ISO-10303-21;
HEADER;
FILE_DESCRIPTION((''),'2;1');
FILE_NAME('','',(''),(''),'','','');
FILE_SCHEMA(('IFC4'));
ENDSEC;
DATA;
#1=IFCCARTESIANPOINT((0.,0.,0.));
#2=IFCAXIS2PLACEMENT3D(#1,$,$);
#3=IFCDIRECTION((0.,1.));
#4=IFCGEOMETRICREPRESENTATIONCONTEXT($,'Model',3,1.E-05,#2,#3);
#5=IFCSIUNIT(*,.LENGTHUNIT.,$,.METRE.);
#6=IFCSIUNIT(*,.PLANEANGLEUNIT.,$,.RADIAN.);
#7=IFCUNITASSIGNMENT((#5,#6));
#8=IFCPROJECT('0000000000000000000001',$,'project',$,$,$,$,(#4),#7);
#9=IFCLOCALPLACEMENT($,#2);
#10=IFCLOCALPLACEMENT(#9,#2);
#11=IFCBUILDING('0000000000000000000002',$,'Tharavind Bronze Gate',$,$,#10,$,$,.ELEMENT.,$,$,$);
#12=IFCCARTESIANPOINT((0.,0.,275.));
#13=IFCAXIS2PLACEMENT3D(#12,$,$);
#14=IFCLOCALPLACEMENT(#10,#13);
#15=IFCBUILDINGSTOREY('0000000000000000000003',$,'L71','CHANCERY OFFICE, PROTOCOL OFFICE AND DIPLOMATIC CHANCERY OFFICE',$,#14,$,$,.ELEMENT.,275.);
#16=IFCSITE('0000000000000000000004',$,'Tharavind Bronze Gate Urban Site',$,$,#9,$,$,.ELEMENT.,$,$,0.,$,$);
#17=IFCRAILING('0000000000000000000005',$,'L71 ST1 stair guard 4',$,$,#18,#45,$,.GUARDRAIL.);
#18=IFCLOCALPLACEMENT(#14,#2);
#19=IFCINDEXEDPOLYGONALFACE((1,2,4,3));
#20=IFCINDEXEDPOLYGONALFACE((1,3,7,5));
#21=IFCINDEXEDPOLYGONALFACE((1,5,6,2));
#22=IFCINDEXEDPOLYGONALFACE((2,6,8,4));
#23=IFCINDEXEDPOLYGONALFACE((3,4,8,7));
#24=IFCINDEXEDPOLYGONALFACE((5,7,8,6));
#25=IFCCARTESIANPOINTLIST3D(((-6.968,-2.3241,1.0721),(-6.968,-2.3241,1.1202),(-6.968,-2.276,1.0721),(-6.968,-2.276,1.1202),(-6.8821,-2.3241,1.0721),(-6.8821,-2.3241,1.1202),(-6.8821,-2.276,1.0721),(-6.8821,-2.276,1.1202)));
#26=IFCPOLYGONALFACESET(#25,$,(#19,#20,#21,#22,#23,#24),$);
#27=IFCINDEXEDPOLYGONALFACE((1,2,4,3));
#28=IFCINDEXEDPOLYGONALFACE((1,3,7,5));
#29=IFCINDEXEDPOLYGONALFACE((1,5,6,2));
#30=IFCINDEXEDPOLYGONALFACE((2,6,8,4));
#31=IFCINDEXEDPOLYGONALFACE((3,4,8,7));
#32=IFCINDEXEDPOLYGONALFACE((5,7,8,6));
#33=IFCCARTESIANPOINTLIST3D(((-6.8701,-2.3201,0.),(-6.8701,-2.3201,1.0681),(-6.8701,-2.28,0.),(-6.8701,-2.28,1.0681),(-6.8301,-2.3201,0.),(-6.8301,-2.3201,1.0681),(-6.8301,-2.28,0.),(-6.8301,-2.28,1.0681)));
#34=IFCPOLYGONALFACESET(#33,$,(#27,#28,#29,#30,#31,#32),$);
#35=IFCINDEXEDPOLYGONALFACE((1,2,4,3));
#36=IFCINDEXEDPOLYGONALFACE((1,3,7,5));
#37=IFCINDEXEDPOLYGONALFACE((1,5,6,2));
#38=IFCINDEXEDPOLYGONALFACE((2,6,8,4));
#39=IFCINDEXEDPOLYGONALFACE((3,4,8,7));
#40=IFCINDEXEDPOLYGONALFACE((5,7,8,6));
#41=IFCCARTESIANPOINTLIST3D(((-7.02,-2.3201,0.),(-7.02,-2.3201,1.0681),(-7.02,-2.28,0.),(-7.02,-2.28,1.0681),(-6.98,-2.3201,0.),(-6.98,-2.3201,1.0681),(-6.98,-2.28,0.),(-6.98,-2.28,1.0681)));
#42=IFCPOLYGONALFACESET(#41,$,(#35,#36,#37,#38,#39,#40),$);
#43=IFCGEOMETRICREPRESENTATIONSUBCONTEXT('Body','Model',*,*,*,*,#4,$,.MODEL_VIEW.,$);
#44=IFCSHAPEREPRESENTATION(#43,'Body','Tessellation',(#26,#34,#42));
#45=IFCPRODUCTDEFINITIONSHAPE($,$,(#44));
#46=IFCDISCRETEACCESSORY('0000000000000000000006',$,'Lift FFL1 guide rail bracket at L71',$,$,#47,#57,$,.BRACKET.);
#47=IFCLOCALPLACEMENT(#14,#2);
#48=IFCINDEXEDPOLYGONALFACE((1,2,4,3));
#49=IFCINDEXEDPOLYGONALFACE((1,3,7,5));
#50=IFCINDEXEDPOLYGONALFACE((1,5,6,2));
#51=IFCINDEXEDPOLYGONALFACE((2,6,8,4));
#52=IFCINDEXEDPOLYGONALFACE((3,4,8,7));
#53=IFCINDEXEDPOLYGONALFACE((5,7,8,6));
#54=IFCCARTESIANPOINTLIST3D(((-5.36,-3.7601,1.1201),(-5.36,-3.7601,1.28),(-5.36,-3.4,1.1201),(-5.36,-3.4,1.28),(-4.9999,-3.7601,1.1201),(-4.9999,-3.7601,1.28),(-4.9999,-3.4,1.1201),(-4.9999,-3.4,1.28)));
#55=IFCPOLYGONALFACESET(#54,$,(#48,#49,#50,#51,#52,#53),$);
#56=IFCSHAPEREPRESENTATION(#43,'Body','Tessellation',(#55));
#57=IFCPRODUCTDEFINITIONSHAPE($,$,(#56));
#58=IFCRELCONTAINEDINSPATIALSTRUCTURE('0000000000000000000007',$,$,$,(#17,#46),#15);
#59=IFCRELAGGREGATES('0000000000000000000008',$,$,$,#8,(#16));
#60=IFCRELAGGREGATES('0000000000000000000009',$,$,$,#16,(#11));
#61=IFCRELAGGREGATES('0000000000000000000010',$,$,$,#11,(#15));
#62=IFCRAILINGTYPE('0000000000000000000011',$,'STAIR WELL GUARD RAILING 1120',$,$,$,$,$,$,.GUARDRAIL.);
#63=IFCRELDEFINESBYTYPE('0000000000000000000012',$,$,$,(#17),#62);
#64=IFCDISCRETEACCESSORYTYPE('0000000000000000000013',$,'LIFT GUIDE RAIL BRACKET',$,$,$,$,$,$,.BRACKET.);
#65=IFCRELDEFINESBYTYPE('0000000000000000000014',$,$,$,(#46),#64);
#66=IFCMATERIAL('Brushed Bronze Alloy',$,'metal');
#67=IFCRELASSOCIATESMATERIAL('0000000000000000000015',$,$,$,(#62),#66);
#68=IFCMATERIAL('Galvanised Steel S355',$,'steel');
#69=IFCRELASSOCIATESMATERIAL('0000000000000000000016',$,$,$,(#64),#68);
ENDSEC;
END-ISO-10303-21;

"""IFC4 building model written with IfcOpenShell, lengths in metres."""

from ifc_helpers import new_model, si_unit, direction, frame, origin, origin_2d, place, context, subcontext, project, spatial, rectangle, extrude, material, type_object, element, save


model = new_model("IFC4")

# Units and contexts
model_context = context("Model", 3, precision=1e-05, world=origin(), true_north=direction((0.0, 1.0)))
body_context = subcontext(model_context, "Body", "Model", "MODEL_VIEW")
ifc_project = project(units=[si_unit("LENGTHUNIT", "METRE"), si_unit("PLANEANGLEUNIT", "RADIAN")], contexts=[model_context])

# Site, building, storey
site_placement = place(None, origin())
site = spatial("IfcSite", under=ifc_project, at=site_placement, Name="Tharavind Bronze Gate Urban Site", CompositionType="ELEMENT", RefElevation=0.0)
building_placement = place(site_placement, origin())
building = spatial("IfcBuilding", under=site, at=building_placement, Name="Tharavind Bronze Gate", CompositionType="ELEMENT")
storey_placement = place(building_placement, frame((0.0, 0.0, 275.0)))
storey = spatial("IfcBuildingStorey", under=building, at=storey_placement, Name="L71", Description="CHANCERY OFFICE, PROTOCOL OFFICE AND DIPLOMATIC CHANCERY OFFICE", CompositionType="ELEMENT", Elevation=275.0)

# Railing
ifc_material_1 = material(Name="Brushed Bronze Alloy", Category="metal")
railing_type_1 = type_object("IfcRailingType", Name="STAIR WELL GUARD RAILING 1120", PredefinedType="GUARDRAIL", material=ifc_material_1)
railing_1_placement = place(storey_placement, frame((-6.8501, -2.3, 0.0)))
element("IfcRailing", 1, at=railing_1_placement, inside=storey, type_object=railing_type_1, Name="L71 ST1 stair guard 4", PredefinedType="GUARDRAIL", context=body_context, shape_type="SweptSolid", body=[
    extrude(rectangle(XDim=0.0481, YDim=0.0481, at=origin_2d()), frame((-0.032, 0.0, 1.0962), z_axis=(-1.0, 0.0, 0.0), x_axis=(0.0, -1.0, 0.0)), (0.0, 0.0, 1.0), 0.0859),
    extrude(rectangle(XDim=0.04, YDim=0.04, at=origin_2d()), origin(), (0.0, 0.0, 1.0), 1.0681),
    extrude(rectangle(XDim=0.04, YDim=0.04, at=origin_2d()), frame((-0.1499, 0.0, 0.0)), (0.0, 0.0, 1.0), 1.0681),
])

# Discrete accessory
ifc_material_2 = material(Name="Galvanised Steel S355", Category="steel")
discrete_accessory_type = type_object("IfcDiscreteAccessoryType", Name="LIFT GUIDE RAIL BRACKET", PredefinedType="BRACKET", material=ifc_material_2)
discrete_accessory_placement = place(storey_placement, frame((-5.1799, -3.5801, 1.1201), z_axis=(0.0, 0.0, 1.0), x_axis=(1.0, 0.0, 0.0)))
element("IfcDiscreteAccessory", 2, at=discrete_accessory_placement, inside=storey, type_object=discrete_accessory_type, Name="Lift FFL1 guide rail bracket at L71", PredefinedType="BRACKET", context=body_context, shape_type="SweptSolid", body=[
    extrude(rectangle(XDim=0.3601, YDim=0.3601, at=origin_2d()), origin(), (0.0, 0.0, 1.0), 0.1599),
])

save(model, "model.ifc")
